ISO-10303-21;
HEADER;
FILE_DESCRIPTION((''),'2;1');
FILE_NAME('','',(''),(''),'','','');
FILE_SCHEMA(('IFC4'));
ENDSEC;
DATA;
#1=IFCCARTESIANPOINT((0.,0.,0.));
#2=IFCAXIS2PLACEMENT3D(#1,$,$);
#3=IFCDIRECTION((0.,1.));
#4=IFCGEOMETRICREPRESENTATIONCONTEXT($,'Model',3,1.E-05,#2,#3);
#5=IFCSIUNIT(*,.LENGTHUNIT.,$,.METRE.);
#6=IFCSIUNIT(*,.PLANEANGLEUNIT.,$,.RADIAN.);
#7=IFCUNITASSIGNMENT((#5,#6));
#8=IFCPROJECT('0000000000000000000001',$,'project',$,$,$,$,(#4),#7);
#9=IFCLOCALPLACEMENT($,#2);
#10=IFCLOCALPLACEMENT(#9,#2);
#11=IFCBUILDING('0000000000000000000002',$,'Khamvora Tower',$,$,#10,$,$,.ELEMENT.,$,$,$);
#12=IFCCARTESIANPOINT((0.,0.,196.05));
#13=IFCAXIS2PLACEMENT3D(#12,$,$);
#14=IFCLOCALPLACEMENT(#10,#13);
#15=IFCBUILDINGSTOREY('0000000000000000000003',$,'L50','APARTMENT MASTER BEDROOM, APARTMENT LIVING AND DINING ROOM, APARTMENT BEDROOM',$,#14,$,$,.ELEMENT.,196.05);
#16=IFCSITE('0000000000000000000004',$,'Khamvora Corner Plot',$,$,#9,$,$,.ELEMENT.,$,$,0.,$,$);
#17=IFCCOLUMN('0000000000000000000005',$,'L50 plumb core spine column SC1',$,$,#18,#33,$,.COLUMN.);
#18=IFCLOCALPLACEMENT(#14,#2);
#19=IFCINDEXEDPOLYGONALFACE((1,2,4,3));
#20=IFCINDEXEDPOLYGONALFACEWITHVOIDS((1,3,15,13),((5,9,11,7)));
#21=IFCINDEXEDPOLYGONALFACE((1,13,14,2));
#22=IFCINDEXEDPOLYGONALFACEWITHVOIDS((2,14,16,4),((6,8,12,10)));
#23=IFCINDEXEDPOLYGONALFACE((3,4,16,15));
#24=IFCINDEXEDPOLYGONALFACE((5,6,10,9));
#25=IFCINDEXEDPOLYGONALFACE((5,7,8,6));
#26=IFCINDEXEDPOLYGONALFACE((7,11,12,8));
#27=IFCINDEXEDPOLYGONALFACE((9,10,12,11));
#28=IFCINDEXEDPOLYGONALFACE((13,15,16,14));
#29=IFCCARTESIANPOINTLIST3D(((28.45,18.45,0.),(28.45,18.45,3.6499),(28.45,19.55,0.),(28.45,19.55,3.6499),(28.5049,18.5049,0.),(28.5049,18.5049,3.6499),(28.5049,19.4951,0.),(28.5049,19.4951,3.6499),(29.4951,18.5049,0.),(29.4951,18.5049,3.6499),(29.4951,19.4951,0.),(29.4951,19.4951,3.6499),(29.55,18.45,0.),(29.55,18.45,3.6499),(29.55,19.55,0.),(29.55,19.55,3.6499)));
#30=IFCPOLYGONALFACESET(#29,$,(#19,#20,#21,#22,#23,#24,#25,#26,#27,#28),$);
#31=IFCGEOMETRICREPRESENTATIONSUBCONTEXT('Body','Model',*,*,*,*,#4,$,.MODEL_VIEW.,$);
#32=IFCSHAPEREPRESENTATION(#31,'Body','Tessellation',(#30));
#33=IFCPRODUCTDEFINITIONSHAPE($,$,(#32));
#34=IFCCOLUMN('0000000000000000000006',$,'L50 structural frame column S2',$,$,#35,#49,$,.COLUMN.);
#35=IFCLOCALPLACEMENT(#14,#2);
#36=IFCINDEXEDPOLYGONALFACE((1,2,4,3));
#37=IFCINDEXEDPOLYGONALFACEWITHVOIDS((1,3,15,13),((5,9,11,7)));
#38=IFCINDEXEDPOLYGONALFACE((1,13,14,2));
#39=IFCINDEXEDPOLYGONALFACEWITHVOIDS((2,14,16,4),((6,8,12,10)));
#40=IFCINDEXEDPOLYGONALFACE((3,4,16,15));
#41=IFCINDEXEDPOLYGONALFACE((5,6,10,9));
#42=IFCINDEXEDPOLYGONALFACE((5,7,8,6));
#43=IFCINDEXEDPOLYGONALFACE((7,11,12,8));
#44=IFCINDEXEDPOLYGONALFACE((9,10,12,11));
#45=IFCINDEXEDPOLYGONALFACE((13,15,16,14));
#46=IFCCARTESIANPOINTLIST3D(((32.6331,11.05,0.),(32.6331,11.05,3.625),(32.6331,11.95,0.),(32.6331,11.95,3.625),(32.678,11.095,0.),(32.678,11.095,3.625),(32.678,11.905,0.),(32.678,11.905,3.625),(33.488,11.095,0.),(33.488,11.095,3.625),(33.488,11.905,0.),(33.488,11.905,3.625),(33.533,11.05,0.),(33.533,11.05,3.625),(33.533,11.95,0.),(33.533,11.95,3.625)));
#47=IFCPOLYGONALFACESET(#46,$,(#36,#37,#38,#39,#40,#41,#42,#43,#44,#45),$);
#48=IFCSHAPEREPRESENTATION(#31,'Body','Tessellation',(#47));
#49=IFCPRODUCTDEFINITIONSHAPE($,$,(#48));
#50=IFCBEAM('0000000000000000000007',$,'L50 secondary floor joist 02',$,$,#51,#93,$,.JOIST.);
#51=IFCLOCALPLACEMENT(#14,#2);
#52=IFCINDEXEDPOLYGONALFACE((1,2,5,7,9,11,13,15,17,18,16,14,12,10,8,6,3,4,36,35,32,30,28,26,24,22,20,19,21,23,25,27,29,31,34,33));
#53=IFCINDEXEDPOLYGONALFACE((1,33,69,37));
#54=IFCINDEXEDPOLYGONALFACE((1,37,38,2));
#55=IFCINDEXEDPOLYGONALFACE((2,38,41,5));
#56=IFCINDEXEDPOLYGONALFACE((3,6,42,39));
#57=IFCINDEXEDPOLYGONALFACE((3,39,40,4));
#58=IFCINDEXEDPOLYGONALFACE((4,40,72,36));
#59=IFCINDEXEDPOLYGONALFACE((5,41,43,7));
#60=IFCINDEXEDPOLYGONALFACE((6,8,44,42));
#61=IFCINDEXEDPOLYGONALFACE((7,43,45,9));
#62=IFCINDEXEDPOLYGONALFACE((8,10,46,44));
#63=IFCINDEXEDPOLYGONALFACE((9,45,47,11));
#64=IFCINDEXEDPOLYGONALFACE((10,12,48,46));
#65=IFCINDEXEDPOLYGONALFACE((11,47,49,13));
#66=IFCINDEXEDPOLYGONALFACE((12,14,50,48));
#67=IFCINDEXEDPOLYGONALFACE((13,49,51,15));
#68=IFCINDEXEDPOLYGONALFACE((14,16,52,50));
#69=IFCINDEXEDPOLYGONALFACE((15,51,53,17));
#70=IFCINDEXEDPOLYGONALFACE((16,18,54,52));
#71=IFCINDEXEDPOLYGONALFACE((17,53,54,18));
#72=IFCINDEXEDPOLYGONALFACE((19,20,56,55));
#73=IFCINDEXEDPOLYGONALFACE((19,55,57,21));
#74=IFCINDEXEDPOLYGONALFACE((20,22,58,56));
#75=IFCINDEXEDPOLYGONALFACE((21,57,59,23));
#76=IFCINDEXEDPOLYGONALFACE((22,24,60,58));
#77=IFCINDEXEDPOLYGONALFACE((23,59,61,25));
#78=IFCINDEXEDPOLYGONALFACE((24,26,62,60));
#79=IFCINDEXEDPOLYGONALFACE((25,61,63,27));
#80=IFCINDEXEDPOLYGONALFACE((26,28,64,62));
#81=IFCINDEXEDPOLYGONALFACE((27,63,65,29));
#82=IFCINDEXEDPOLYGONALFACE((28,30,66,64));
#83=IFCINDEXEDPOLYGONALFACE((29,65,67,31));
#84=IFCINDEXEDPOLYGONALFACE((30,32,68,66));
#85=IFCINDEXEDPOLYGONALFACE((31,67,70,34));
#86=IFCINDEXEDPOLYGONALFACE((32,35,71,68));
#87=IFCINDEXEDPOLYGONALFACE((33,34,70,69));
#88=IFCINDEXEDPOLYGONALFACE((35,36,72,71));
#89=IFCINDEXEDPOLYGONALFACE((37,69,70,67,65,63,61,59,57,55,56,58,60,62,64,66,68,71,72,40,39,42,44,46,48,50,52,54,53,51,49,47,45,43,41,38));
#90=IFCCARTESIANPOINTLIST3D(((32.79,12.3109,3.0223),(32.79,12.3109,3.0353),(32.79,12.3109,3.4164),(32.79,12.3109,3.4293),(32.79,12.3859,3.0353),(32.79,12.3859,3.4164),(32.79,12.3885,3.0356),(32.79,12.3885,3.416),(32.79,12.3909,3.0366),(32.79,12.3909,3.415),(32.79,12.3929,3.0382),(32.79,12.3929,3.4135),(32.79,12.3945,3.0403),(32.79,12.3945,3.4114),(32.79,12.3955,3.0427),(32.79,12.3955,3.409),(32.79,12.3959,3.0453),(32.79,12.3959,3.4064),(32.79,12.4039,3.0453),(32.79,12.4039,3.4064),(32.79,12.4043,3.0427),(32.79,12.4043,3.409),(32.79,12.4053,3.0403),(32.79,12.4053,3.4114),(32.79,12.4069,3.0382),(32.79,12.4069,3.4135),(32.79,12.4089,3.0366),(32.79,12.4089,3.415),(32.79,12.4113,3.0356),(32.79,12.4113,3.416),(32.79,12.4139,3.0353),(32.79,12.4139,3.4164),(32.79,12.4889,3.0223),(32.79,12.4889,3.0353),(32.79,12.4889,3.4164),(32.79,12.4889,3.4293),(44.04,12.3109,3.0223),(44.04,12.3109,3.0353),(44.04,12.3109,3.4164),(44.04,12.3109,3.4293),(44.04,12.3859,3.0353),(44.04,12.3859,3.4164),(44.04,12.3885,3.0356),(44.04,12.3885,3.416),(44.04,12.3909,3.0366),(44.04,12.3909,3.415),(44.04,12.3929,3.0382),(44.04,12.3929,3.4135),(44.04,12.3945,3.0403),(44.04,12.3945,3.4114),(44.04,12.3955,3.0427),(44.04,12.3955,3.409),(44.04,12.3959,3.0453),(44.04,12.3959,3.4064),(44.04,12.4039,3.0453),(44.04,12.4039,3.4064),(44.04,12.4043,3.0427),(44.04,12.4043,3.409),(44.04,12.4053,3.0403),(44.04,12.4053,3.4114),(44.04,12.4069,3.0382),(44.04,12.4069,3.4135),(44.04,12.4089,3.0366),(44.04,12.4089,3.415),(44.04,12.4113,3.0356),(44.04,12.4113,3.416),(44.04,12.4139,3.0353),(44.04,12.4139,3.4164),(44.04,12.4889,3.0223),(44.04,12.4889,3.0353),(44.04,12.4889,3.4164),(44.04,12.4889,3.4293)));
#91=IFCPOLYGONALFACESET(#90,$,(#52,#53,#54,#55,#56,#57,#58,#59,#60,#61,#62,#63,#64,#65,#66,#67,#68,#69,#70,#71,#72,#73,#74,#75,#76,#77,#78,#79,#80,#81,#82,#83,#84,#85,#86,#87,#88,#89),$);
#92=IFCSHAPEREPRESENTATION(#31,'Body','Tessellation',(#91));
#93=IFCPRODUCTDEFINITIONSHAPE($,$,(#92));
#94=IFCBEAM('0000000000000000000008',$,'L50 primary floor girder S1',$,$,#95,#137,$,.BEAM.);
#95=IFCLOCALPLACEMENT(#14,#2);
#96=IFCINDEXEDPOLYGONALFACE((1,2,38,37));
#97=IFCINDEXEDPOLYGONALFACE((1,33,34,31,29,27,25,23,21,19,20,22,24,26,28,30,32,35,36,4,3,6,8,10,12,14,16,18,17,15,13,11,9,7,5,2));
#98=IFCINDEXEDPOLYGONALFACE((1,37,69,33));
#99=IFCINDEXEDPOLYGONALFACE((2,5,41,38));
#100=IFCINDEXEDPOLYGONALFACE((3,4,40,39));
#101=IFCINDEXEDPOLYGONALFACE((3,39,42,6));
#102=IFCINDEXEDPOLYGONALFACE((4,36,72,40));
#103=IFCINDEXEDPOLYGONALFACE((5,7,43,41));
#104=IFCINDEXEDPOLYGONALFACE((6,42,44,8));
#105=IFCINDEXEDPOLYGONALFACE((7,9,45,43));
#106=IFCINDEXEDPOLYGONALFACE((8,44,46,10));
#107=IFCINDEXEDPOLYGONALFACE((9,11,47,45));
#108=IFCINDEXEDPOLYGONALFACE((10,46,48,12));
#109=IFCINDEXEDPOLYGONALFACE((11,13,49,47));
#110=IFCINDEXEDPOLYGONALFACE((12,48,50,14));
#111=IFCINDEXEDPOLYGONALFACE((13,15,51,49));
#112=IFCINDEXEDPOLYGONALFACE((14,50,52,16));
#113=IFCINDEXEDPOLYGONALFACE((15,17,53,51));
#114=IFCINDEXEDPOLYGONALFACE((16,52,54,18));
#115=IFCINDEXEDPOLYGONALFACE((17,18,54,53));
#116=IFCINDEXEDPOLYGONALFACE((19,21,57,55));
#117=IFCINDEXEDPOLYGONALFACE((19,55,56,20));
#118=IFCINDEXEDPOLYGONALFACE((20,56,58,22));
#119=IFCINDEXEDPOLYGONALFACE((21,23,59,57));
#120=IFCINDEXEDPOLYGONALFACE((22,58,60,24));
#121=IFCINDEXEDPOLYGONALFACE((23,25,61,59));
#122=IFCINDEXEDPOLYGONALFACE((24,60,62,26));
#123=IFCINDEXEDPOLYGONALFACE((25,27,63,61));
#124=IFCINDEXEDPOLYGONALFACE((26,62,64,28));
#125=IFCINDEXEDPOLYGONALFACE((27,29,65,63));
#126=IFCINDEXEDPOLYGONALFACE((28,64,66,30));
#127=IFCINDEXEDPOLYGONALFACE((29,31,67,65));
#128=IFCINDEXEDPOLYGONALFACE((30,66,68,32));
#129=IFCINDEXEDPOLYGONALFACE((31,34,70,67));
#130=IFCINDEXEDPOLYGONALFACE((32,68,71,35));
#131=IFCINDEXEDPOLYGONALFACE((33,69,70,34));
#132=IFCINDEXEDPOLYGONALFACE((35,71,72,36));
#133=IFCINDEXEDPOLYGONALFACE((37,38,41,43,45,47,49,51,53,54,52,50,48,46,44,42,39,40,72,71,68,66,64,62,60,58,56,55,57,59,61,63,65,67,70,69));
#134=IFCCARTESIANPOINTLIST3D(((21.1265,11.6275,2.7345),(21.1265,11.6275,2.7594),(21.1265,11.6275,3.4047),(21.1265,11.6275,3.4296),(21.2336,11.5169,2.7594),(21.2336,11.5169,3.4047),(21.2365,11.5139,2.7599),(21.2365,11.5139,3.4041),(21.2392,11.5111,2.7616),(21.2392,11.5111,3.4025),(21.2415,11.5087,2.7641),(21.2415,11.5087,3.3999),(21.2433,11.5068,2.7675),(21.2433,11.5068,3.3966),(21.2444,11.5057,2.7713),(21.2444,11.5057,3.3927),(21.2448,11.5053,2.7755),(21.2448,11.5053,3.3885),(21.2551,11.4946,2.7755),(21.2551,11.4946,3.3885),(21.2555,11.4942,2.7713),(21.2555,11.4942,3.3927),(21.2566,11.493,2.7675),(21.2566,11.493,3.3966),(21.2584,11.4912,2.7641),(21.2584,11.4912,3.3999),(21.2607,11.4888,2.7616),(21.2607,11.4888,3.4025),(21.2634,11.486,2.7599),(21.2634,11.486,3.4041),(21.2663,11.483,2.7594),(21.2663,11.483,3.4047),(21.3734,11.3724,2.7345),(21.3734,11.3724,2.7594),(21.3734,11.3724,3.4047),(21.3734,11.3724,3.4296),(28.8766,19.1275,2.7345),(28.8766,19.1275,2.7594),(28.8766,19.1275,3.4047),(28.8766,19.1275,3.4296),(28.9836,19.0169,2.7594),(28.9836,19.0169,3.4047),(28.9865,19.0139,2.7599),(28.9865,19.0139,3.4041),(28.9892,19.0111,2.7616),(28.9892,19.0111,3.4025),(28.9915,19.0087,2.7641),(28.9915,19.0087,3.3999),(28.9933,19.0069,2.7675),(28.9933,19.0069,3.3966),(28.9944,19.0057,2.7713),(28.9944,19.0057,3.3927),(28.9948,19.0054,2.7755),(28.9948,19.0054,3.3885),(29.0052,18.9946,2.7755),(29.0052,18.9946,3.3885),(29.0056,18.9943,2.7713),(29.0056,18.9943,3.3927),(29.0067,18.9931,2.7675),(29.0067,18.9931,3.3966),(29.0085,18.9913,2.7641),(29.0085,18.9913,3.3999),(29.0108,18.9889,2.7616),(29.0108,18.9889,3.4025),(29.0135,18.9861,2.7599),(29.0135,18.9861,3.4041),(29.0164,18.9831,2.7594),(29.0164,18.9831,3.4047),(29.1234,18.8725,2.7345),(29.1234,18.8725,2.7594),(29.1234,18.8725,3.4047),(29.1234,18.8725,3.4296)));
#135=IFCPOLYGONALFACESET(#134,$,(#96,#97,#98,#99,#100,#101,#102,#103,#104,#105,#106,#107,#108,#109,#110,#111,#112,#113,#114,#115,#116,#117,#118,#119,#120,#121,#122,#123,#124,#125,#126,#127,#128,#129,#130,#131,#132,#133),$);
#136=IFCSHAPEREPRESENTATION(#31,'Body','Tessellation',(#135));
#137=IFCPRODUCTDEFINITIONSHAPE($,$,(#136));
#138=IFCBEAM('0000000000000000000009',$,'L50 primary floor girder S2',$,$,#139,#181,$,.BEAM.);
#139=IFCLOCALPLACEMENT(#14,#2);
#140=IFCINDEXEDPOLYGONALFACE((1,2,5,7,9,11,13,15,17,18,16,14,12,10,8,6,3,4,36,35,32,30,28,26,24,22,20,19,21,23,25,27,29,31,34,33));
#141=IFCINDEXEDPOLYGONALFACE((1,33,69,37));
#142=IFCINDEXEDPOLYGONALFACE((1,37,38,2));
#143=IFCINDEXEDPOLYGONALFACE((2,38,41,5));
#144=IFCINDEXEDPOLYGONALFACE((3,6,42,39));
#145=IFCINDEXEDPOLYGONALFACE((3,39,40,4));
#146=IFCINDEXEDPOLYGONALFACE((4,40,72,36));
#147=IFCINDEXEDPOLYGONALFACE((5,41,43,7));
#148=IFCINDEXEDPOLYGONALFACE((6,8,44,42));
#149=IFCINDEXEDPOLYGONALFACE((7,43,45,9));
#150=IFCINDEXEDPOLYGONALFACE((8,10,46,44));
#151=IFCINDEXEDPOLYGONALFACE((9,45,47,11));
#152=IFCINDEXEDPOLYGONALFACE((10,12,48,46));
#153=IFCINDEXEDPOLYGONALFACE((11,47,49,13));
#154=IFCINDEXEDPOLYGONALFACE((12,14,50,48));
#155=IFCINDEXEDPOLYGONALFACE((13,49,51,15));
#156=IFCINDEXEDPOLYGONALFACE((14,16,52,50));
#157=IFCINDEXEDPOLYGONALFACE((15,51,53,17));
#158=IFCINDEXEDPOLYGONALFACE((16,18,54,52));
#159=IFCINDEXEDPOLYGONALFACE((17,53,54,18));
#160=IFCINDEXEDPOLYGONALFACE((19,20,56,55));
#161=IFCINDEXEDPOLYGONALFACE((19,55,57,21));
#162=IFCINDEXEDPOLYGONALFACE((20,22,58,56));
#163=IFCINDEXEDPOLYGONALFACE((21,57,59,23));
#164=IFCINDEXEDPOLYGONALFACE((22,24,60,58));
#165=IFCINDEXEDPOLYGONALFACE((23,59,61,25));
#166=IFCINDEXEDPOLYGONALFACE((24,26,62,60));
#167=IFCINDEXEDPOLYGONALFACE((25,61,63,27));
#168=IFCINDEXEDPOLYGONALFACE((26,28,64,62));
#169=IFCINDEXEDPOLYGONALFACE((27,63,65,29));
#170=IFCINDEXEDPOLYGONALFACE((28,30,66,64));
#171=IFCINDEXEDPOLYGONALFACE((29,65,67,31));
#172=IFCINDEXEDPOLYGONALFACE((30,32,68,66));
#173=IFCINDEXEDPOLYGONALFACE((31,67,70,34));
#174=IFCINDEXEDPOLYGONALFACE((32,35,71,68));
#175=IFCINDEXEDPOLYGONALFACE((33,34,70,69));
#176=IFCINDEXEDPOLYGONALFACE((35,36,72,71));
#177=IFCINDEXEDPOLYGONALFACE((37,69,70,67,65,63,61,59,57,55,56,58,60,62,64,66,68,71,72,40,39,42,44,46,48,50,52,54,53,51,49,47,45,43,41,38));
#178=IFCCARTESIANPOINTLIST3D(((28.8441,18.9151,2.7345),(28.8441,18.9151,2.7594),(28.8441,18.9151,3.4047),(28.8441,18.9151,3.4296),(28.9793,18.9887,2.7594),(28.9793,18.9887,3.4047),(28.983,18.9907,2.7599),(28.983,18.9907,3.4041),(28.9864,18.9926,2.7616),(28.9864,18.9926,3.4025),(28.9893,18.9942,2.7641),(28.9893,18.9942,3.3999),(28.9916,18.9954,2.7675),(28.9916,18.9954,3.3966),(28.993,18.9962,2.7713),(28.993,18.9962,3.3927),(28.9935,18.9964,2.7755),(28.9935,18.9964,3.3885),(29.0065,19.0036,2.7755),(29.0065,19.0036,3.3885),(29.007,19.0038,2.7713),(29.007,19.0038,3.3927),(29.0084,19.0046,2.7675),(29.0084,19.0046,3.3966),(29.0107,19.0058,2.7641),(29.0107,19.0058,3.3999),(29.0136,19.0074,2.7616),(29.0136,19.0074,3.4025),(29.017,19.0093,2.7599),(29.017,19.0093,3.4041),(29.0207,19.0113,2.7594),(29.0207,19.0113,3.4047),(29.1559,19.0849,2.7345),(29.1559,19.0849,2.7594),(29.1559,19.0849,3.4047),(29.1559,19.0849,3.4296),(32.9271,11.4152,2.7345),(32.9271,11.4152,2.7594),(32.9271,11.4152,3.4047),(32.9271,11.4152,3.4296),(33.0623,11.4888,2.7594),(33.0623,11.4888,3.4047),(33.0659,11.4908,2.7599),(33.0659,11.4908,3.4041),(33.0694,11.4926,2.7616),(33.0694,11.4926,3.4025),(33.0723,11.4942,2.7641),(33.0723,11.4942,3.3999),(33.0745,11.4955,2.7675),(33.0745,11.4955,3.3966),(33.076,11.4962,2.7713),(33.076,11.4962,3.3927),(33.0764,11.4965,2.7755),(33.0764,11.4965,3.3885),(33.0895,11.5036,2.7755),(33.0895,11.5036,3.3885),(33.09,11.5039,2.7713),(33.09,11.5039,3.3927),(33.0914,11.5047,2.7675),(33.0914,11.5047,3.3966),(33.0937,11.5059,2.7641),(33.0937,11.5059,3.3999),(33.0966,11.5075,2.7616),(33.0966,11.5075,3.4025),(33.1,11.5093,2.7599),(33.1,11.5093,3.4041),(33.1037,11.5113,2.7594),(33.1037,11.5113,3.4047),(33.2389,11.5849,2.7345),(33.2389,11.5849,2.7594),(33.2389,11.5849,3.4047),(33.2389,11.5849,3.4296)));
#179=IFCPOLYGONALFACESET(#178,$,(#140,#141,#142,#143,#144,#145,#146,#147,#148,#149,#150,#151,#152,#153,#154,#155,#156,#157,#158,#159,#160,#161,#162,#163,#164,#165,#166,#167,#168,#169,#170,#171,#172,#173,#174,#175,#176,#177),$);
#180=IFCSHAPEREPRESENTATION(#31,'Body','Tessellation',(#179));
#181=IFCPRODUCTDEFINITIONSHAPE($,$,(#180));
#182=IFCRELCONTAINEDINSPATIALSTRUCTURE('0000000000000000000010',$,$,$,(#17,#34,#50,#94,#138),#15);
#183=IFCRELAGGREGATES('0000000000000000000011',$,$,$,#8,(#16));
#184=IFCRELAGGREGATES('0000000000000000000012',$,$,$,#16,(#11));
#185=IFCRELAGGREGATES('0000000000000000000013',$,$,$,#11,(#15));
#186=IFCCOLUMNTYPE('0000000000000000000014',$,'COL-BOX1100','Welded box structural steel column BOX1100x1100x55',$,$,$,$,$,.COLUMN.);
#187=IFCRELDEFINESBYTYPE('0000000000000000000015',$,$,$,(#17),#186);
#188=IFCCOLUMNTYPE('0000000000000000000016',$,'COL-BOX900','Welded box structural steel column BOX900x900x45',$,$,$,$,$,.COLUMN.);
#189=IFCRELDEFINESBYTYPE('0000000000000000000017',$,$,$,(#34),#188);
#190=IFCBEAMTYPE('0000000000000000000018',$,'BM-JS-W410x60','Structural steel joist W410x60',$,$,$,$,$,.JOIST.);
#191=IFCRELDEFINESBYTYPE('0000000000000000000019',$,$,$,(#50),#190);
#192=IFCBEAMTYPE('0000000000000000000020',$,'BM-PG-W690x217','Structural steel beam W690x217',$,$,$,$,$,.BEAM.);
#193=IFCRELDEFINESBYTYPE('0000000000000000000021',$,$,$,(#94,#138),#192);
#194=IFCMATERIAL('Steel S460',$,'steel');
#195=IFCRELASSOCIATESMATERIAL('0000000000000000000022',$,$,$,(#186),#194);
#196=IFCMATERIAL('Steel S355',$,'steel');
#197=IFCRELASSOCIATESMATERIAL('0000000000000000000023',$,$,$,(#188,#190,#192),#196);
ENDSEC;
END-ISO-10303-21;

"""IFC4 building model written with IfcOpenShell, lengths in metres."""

from ifc_helpers import new_model, si_unit, direction, frame, origin, origin_2d, place, context, subcontext, project, spatial, hollow_rectangle, i_section, extrude, material, material_profile, profile_set, type_object, element, save


model = new_model("IFC4")

# Units and contexts
model_context = context("Model", 3, precision=1e-05, world=origin(), true_north=direction((0.0, 1.0)))
body_context = subcontext(model_context, "Body", "Model", "MODEL_VIEW")
ifc_project = project(units=[si_unit("LENGTHUNIT", "METRE"), si_unit("PLANEANGLEUNIT", "RADIAN")], contexts=[model_context])

# Site, building, storey
site_placement = place(None, origin())
site = spatial("IfcSite", under=ifc_project, at=site_placement, Name="Khamvora Corner Plot", CompositionType="ELEMENT", RefElevation=0.0)
building_placement = place(site_placement, origin())
building = spatial("IfcBuilding", under=site, at=building_placement, Name="Khamvora Tower", CompositionType="ELEMENT")
storey_placement = place(building_placement, frame((0.0, 0.0, 196.05)))
storey = spatial("IfcBuildingStorey", under=building, at=storey_placement, Name="L50", Description="APARTMENT MASTER BEDROOM, APARTMENT LIVING AND DINING ROOM, APARTMENT BEDROOM", CompositionType="ELEMENT", Elevation=196.05)

# Columns
ifc_material_1 = material(Name="Steel S460", Category="steel")
ifc_material_profile_1 = material_profile(ifc_material_1, hollow_rectangle(XDim=1.1001, YDim=1.1001, WallThickness=0.0549, at=origin_2d()), Name="BOX1100x1100x55")
ifc_profile_set_1 = profile_set([ifc_material_profile_1], Name="Steel S460")
column_type_1 = type_object("IfcColumnType", Name="COL-BOX1100", Description="Welded box structural steel column BOX1100x1100x55", PredefinedType="COLUMN", material=ifc_profile_set_1)
column_1_placement = place(storey_placement, frame((29.0, 19.0, 0.0), z_axis=(0.0, 0.0, 1.0), x_axis=(1.0, 0.0, 0.0)))
element("IfcColumn", 1, at=column_1_placement, inside=storey, type_object=column_type_1, Name="L50 plumb core spine column SC1", PredefinedType="COLUMN", context=body_context, shape_type="SweptSolid", body=[
    extrude(hollow_rectangle(XDim=1.1001, YDim=1.1001, WallThickness=0.0549, at=origin_2d()), origin(), (0.0, 0.0, 1.0), 3.6499),
])
ifc_material_2 = material(Name="Steel S355", Category="steel")
ifc_material_profile_2 = material_profile(ifc_material_2, hollow_rectangle(XDim=0.8999, YDim=0.8999, WallThickness=0.0449, at=origin_2d()), Name="BOX900x900x45")
ifc_profile_set_2 = profile_set([ifc_material_profile_2], Name="Steel S355")
column_type_2 = type_object("IfcColumnType", Name="COL-BOX900", Description="Welded box structural steel column BOX900x900x45", PredefinedType="COLUMN", material=ifc_profile_set_2)
column_2_placement = place(storey_placement, frame((33.083, 11.5, 0.0), z_axis=(0.0, 0.0, 1.0), x_axis=(1.0, 0.0, 0.0)))
element("IfcColumn", 2, at=column_2_placement, inside=storey, type_object=column_type_2, Name="L50 structural frame column S2", PredefinedType="COLUMN", context=body_context, shape_type="SweptSolid", body=[
    extrude(hollow_rectangle(XDim=0.8999, YDim=0.8999, WallThickness=0.0449, at=origin_2d()), origin(), (0.0, 0.0, 1.0), 3.625),
])

# Beams
ifc_material_profile_3 = material_profile(ifc_material_2, i_section(OverallWidth=0.178, OverallDepth=0.407, WebThickness=0.0081, FlangeThickness=0.0129, FilletRadius=0.01, at=origin_2d()), Name="W410x60")
ifc_profile_set_3 = profile_set([ifc_material_profile_3], Name="Steel S355")
beam_type_1 = type_object("IfcBeamType", Name="BM-JS-W410x60", Description="Structural steel joist W410x60", PredefinedType="JOIST", material=ifc_profile_set_3)
beam_1_placement = place(storey_placement, frame((32.79, 12.3999, 3.2258), z_axis=(1.0, 0.0, 0.0), x_axis=(0.0, 1.0, 0.0)))
element("IfcBeam", 3, at=beam_1_placement, inside=storey, type_object=beam_type_1, Name="L50 secondary floor joist 02", PredefinedType="JOIST", context=body_context, shape_type="SweptSolid", body=[
    extrude(i_section(OverallWidth=0.178, OverallDepth=0.407, WebThickness=0.0081, FlangeThickness=0.0129, FilletRadius=0.01, at=origin_2d()), origin(), (0.0, 0.0, 1.0), 11.25),
])
ifc_material_profile_4 = material_profile(ifc_material_2, i_section(OverallWidth=0.355, OverallDepth=0.6951, WebThickness=0.0149, FlangeThickness=0.0249, FilletRadius=0.0161, at=origin_2d()), Name="W690x217")
ifc_profile_set_4 = profile_set([ifc_material_profile_4], Name="Steel S355")
beam_type_2 = type_object("IfcBeamType", Name="BM-PG-W690x217", Description="Structural steel beam W690x217", PredefinedType="BEAM", material=ifc_profile_set_4)
beam_2_placement = place(storey_placement, frame((29.0, 19.0, 3.082), z_axis=(-0.718602, -0.695421, 0.0), x_axis=(0.695421, -0.718602, 0.0)))
element("IfcBeam", 4, at=beam_2_placement, inside=storey, type_object=beam_type_2, Name="L50 primary floor girder S1", PredefinedType="BEAM", context=body_context, shape_type="SweptSolid", body=[
    extrude(i_section(OverallWidth=0.355, OverallDepth=0.6951, WebThickness=0.0149, FlangeThickness=0.0249, FilletRadius=0.0161, at=origin_2d()), origin(), (0.0, 0.0, 1.0), 10.7849),
])
beam_3_placement = place(storey_placement, frame((29.0, 19.0, 3.082), z_axis=(0.478139, -0.878284, 0.0), x_axis=(0.878284, 0.478139, 0.0)))
element("IfcBeam", 5, at=beam_3_placement, inside=storey, type_object=beam_type_2, Name="L50 primary floor girder S2", PredefinedType="BEAM", context=body_context, shape_type="SweptSolid", body=[
    extrude(i_section(OverallWidth=0.355, OverallDepth=0.6951, WebThickness=0.0149, FlangeThickness=0.0249, FilletRadius=0.0161, at=origin_2d()), origin(), (0.0, 0.0, 1.0), 8.5393),
])

save(model, "model.ifc")
